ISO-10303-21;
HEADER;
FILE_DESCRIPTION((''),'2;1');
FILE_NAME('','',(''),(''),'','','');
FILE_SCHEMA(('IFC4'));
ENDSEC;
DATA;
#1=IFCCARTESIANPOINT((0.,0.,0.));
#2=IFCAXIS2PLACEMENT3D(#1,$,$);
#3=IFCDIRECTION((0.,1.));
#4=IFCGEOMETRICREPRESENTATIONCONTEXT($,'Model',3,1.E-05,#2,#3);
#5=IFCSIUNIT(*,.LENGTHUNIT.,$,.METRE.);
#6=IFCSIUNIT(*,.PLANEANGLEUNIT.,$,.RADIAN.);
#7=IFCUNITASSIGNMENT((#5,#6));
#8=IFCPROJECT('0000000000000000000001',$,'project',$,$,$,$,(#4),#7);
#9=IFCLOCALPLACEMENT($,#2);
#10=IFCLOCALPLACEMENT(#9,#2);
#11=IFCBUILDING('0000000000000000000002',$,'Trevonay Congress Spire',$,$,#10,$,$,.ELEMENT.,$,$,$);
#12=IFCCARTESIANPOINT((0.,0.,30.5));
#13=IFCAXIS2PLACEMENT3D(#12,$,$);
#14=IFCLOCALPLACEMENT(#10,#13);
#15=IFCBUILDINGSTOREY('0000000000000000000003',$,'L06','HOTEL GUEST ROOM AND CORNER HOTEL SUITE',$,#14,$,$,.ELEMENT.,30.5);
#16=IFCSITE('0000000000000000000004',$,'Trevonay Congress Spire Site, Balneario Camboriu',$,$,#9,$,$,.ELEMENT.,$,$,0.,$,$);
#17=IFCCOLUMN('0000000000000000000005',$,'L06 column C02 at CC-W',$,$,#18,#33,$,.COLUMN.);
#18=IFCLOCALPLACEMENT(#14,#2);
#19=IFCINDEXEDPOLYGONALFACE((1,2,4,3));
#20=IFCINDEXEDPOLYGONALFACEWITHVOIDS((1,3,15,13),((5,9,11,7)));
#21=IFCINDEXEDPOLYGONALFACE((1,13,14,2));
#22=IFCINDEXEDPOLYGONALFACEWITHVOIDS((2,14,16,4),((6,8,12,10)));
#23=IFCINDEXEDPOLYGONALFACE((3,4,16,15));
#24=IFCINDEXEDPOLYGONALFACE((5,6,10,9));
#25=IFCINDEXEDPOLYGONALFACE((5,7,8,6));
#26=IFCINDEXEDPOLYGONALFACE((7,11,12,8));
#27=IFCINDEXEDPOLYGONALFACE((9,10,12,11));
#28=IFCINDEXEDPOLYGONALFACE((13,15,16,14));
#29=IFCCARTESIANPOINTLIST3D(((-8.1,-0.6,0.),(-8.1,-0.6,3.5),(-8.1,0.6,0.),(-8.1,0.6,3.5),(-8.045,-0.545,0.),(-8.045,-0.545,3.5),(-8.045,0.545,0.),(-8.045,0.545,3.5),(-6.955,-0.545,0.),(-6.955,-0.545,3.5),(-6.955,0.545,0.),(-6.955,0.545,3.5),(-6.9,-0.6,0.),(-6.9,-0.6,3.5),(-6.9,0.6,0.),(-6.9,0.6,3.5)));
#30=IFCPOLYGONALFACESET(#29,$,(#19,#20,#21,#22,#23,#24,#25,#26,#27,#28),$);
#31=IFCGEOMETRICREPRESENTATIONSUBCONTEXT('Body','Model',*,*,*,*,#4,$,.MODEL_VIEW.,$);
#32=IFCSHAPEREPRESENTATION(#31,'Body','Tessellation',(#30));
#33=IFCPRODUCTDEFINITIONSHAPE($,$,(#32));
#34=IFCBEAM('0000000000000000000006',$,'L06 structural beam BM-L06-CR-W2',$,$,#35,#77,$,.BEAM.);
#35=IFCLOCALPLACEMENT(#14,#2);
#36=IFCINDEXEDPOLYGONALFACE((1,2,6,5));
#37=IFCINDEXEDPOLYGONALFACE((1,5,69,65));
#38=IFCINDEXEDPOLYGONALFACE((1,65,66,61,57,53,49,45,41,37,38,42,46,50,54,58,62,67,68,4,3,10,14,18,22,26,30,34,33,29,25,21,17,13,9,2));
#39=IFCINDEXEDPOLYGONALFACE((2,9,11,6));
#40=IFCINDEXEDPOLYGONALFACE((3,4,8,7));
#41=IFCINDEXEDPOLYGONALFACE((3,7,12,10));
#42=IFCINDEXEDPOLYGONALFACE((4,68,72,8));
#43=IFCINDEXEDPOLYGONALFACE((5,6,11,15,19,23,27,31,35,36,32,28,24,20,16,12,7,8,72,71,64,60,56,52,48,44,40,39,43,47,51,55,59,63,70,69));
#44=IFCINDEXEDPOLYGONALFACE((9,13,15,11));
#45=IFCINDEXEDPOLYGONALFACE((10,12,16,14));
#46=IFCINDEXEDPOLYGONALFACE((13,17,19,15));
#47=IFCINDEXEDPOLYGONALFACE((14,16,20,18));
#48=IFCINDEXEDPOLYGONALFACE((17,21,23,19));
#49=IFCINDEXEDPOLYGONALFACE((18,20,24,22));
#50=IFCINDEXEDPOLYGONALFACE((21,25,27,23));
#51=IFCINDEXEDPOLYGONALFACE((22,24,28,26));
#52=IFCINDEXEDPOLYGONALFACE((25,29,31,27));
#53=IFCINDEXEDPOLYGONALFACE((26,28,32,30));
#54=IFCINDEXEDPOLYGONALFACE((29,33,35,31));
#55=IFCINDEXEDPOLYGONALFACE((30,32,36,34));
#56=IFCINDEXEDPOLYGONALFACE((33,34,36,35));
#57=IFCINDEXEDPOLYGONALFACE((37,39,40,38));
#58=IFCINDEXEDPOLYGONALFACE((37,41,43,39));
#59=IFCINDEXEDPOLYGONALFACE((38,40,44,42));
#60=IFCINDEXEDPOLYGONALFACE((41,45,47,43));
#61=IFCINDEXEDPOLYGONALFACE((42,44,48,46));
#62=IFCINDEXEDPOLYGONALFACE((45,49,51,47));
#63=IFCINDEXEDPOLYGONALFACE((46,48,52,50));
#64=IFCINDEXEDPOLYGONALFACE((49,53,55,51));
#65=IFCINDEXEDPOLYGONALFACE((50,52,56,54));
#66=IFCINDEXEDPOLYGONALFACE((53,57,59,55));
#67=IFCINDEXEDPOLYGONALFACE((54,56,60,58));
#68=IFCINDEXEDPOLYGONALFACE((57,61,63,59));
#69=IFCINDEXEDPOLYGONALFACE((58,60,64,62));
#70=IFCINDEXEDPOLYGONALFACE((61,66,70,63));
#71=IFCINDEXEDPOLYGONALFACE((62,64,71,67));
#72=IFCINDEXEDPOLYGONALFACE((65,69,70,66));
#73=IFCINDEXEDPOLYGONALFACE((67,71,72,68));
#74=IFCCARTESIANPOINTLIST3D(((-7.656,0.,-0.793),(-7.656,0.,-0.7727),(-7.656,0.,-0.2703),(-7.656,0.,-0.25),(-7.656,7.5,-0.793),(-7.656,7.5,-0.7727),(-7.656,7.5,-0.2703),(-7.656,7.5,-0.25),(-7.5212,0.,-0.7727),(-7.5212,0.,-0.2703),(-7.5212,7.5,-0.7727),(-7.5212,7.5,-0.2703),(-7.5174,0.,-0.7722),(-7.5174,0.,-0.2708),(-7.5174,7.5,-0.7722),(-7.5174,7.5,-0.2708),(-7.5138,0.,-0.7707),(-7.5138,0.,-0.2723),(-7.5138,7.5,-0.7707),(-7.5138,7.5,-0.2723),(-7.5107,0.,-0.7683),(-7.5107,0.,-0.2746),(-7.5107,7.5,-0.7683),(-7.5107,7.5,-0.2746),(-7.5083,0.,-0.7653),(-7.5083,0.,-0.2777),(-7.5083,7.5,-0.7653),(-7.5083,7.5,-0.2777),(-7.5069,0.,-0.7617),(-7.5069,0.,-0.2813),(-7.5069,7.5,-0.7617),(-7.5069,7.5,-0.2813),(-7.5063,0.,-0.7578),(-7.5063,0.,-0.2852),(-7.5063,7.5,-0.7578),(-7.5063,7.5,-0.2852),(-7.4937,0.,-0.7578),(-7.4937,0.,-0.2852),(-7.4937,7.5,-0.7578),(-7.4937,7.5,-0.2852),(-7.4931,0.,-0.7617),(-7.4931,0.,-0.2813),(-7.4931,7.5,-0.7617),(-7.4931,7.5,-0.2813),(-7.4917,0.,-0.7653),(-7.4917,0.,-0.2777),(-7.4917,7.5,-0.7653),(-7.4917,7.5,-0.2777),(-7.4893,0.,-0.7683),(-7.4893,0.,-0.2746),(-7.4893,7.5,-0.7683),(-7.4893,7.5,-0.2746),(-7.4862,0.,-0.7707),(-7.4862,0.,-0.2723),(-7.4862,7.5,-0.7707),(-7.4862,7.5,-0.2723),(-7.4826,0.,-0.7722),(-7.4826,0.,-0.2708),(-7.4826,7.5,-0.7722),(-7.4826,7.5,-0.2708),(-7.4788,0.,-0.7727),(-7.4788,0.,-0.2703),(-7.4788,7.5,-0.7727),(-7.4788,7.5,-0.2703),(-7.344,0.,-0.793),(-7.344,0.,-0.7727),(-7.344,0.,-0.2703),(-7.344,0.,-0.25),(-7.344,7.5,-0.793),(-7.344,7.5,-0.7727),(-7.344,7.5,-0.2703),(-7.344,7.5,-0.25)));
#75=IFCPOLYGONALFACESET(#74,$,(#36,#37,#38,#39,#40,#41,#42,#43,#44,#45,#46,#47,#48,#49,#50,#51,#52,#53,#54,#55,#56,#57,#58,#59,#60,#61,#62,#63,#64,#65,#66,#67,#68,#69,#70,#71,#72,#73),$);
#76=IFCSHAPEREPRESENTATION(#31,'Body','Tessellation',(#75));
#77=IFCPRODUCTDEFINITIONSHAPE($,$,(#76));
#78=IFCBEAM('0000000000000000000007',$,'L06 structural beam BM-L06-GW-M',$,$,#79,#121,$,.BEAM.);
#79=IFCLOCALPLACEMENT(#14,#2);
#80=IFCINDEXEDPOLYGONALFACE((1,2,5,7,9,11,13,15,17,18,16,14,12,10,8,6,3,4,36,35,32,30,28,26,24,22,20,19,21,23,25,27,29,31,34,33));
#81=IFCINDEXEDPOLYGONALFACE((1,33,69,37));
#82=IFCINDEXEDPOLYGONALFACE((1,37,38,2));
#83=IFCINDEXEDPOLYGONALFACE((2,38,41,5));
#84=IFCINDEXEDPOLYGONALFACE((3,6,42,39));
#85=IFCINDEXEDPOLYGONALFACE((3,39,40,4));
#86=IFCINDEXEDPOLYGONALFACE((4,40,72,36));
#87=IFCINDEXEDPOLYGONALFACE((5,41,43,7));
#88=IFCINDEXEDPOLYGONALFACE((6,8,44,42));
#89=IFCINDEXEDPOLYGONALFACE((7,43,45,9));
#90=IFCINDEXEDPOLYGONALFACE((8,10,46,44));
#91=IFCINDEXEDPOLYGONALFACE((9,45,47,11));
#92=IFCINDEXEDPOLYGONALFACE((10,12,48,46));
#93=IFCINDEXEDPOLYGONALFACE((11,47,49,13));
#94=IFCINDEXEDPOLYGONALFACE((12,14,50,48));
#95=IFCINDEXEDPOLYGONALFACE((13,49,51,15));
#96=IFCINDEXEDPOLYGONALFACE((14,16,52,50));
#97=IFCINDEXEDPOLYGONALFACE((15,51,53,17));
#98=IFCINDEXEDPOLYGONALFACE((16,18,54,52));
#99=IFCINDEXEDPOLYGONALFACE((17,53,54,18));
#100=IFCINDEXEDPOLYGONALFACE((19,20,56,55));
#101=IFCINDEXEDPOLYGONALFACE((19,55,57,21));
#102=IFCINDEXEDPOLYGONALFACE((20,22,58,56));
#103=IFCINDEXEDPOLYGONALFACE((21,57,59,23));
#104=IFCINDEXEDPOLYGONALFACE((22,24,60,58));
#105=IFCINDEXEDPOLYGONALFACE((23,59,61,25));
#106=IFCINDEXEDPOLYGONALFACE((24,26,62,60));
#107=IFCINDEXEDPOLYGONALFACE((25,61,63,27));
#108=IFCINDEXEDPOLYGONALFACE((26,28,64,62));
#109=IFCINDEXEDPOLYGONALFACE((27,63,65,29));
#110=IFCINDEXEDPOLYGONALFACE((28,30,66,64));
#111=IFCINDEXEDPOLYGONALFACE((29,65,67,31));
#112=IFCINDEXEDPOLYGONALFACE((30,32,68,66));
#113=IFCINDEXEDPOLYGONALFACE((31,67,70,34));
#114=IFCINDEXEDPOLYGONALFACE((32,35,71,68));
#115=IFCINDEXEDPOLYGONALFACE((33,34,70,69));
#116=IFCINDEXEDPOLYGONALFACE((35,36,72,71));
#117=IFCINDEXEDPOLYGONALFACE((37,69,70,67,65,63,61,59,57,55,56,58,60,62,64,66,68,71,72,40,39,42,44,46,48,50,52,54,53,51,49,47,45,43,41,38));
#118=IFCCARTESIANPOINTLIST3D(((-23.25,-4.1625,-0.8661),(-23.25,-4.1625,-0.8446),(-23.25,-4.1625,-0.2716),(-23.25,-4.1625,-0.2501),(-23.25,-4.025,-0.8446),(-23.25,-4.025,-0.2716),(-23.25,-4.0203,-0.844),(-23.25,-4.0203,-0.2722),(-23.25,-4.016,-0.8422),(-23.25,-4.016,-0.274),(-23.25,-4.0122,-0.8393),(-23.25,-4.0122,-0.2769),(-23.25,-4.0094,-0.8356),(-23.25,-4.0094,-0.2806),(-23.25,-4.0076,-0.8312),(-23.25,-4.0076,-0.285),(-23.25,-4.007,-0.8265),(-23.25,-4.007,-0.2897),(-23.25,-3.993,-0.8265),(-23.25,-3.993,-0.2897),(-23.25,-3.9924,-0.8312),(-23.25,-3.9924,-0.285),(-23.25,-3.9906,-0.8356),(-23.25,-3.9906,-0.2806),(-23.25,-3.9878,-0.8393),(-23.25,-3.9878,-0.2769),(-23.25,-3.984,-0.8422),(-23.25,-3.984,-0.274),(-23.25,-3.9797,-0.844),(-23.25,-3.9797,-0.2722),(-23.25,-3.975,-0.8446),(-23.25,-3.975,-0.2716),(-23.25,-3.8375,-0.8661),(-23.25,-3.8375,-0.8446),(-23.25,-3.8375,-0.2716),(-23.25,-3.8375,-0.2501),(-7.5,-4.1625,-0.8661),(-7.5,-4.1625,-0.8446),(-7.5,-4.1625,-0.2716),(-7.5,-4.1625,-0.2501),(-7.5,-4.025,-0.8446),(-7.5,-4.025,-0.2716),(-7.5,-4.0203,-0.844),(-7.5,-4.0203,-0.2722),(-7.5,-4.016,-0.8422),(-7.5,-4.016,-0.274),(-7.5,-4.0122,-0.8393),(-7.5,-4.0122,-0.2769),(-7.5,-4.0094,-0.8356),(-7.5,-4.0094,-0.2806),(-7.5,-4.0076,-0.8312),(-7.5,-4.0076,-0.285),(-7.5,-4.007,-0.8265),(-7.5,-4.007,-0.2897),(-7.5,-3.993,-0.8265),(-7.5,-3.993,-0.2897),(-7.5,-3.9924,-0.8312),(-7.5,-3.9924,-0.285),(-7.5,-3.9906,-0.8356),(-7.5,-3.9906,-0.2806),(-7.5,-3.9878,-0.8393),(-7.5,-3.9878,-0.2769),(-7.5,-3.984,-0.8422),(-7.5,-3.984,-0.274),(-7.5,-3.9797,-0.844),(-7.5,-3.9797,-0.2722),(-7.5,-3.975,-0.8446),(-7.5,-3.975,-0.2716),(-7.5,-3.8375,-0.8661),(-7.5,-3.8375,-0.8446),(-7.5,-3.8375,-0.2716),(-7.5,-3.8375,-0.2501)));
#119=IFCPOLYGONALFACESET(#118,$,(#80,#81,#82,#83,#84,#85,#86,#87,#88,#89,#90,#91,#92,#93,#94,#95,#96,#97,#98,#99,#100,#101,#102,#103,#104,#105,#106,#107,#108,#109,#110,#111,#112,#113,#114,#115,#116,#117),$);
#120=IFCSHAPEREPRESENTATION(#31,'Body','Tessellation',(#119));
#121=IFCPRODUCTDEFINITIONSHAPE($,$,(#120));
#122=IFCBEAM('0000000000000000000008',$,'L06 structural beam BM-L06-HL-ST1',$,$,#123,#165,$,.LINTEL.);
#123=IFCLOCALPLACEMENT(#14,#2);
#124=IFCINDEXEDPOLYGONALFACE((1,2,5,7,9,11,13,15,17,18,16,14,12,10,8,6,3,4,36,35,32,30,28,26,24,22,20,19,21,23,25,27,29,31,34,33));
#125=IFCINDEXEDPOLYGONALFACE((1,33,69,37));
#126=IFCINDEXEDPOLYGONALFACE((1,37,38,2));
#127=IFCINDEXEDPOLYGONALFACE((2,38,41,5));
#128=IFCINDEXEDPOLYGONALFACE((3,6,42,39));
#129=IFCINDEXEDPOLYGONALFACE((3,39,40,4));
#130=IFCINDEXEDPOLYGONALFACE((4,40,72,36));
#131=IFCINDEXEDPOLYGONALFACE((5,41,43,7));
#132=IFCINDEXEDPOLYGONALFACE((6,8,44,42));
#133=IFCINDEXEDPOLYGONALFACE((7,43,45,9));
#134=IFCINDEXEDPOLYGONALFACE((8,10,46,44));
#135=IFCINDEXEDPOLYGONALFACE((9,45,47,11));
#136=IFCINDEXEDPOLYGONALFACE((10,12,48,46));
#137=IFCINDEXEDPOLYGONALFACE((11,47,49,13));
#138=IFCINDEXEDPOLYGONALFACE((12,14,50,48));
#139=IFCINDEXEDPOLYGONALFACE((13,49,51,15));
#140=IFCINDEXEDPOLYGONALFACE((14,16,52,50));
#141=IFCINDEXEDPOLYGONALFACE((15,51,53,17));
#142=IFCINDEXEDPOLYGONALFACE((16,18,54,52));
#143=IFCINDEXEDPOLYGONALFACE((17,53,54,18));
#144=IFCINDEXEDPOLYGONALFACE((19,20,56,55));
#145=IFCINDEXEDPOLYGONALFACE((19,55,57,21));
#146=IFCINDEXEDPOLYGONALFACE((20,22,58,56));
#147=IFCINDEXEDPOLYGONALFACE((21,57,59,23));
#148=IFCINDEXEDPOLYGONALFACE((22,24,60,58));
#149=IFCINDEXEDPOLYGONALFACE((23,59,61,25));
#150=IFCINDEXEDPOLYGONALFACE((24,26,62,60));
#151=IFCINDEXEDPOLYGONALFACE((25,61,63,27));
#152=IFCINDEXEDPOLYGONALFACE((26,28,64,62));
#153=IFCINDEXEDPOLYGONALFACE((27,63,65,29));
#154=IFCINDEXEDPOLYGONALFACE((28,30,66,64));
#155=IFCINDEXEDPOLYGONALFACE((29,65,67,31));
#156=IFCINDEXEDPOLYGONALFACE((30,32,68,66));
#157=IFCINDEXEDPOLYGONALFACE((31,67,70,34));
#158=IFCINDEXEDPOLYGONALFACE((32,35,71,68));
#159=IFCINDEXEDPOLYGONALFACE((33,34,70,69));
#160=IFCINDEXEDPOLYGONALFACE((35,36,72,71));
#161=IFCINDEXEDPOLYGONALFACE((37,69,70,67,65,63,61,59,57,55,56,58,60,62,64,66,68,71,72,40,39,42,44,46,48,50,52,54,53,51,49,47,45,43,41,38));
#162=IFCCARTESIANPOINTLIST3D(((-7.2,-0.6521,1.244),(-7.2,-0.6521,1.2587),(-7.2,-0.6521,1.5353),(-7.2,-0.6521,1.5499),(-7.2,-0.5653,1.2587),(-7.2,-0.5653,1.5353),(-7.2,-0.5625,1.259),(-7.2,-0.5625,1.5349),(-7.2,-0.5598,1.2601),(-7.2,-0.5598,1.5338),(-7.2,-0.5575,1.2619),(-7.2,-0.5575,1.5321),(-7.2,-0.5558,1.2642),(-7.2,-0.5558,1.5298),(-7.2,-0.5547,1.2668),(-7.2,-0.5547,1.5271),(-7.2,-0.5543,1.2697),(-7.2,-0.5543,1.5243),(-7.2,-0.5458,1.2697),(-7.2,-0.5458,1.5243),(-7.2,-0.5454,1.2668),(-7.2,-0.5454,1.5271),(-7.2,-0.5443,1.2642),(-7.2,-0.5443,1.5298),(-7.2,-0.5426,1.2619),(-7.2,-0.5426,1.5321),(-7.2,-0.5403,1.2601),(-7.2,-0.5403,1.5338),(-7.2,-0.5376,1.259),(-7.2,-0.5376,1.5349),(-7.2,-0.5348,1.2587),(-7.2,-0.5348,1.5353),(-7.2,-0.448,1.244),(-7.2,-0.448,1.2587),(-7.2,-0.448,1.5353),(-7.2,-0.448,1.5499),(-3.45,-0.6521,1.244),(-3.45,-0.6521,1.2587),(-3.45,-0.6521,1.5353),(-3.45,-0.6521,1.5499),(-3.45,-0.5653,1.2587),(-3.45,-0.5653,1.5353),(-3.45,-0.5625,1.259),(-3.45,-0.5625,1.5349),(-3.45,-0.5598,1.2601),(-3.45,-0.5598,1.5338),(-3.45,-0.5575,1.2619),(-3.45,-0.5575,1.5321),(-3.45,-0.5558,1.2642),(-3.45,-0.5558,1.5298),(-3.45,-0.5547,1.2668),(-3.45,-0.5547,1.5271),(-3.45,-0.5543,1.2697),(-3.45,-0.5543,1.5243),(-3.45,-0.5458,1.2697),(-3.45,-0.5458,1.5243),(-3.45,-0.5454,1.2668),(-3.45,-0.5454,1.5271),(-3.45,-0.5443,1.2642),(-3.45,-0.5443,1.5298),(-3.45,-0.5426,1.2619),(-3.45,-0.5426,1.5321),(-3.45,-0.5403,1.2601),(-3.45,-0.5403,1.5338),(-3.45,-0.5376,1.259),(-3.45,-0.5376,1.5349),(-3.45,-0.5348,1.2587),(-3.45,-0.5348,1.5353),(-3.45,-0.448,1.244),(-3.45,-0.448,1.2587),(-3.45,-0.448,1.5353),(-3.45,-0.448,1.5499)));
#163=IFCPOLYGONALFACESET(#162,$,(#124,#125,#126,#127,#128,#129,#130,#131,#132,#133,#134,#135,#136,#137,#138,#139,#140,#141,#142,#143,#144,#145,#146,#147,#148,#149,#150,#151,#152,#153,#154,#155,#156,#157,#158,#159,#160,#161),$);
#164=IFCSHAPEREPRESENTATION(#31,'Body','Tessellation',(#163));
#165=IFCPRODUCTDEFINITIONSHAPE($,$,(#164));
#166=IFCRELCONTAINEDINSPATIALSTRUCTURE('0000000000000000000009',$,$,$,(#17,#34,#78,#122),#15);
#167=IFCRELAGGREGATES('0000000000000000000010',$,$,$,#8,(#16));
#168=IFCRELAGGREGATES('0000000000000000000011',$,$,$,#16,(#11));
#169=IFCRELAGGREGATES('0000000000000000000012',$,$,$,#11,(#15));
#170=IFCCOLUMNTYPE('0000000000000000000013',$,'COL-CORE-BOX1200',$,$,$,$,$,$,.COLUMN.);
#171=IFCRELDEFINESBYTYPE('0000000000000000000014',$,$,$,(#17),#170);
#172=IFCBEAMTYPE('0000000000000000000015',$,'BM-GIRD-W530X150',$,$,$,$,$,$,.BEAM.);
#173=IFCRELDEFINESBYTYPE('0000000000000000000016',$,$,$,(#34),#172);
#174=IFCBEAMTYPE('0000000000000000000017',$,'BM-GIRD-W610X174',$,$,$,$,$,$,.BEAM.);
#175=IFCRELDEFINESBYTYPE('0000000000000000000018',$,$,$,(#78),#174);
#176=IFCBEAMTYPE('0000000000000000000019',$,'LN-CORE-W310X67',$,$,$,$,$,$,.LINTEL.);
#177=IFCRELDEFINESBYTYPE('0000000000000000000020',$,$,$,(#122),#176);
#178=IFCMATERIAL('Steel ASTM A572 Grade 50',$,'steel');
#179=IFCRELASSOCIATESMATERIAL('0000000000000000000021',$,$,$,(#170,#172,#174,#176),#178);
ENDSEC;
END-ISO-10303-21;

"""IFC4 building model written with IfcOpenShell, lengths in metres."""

from ifc_helpers import new_model, si_unit, direction, frame, origin, origin_2d, place, context, subcontext, project, spatial, hollow_rectangle, i_section, extrude, material, material_profile, profile_set, type_object, element, save


model = new_model("IFC4")

# Units and contexts
model_context = context("Model", 3, precision=1e-05, world=origin(), true_north=direction((0.0, 1.0)))
body_context = subcontext(model_context, "Body", "Model", "MODEL_VIEW")
ifc_project = project(units=[si_unit("LENGTHUNIT", "METRE"), si_unit("PLANEANGLEUNIT", "RADIAN")], contexts=[model_context])

# Site, building, storey
site_placement = place(None, origin())
site = spatial("IfcSite", under=ifc_project, at=site_placement, Name="Trevonay Congress Spire Site, Balneario Camboriu", CompositionType="ELEMENT", RefElevation=0.0)
building_placement = place(site_placement, origin())
building = spatial("IfcBuilding", under=site, at=building_placement, Name="Trevonay Congress Spire", CompositionType="ELEMENT")
storey_placement = place(building_placement, frame((0.0, 0.0, 30.5)))
storey = spatial("IfcBuildingStorey", under=building, at=storey_placement, Name="L06", Description="HOTEL GUEST ROOM AND CORNER HOTEL SUITE", CompositionType="ELEMENT", Elevation=30.5)

# Column
ifc_material_1 = material(Name="Steel ASTM A572 Grade 50", Category="steel")
ifc_material_profile_1 = material_profile(ifc_material_1, hollow_rectangle(XDim=1.2, YDim=1.2, WallThickness=0.0549, at=origin_2d()), Name="BOX 1200x1200x55")
ifc_profile_set_1 = profile_set([ifc_material_profile_1], Name="Steel ASTM A572 Grade 50")
column_type = type_object("IfcColumnType", Name="COL-CORE-BOX1200", PredefinedType="COLUMN", material=ifc_profile_set_1)
column_placement = place(storey_placement, frame((-7.5, 0.0, 0.0), z_axis=(0.0, 0.0, 1.0), x_axis=(1.0, 0.0, 0.0)))
element("IfcColumn", 1, at=column_placement, inside=storey, type_object=column_type, Name="L06 column C02 at CC-W", PredefinedType="COLUMN", context=body_context, shape_type="SweptSolid", body=[
    extrude(hollow_rectangle(XDim=1.2, YDim=1.2, WallThickness=0.0549, at=origin_2d()), origin(), (0.0, 0.0, 1.0), 3.5),
])

# Beams
ifc_material_profile_2 = material_profile(ifc_material_1, i_section(OverallWidth=0.312, OverallDepth=0.543, WebThickness=0.0127, FlangeThickness=0.0203, FilletRadius=0.0149, at=origin_2d()), Name="W530x150")
ifc_profile_set_2 = profile_set([ifc_material_profile_2], Name="Steel ASTM A572 Grade 50")
beam_type_1 = type_object("IfcBeamType", Name="BM-GIRD-W530X150", PredefinedType="BEAM", material=ifc_profile_set_2)
beam_1_placement = place(storey_placement, frame((-7.5, 0.0, -0.5215), z_axis=(0.0, 1.0, 0.0), x_axis=(-1.0, 0.0, 0.0)))
element("IfcBeam", 2, at=beam_1_placement, inside=storey, type_object=beam_type_1, Name="L06 structural beam BM-L06-CR-W2", PredefinedType="BEAM", context=body_context, shape_type="SweptSolid", body=[
    extrude(i_section(OverallWidth=0.312, OverallDepth=0.543, WebThickness=0.0127, FlangeThickness=0.0203, FilletRadius=0.0149, at=origin_2d()), origin(), (0.0, 0.0, 1.0), 7.5),
])
ifc_material_profile_3 = material_profile(ifc_material_1, i_section(OverallWidth=0.325, OverallDepth=0.616, WebThickness=0.0139, FlangeThickness=0.0215, FilletRadius=0.0181, at=origin_2d()), Name="W610x174")
ifc_profile_set_3 = profile_set([ifc_material_profile_3], Name="Steel ASTM A572 Grade 50")
beam_type_2 = type_object("IfcBeamType", Name="BM-GIRD-W610X174", PredefinedType="BEAM", material=ifc_profile_set_3)
beam_2_placement = place(storey_placement, frame((-7.5, -4.0, -0.5581), z_axis=(-1.0, 0.0, 0.0), x_axis=(0.0, -1.0, 0.0)))
element("IfcBeam", 3, at=beam_2_placement, inside=storey, type_object=beam_type_2, Name="L06 structural beam BM-L06-GW-M", PredefinedType="BEAM", context=body_context, shape_type="SweptSolid", body=[
    extrude(i_section(OverallWidth=0.325, OverallDepth=0.616, WebThickness=0.0139, FlangeThickness=0.0215, FilletRadius=0.0181, at=origin_2d()), origin(), (0.0, 0.0, 1.0), 15.75),
])
ifc_material_profile_4 = material_profile(ifc_material_1, i_section(OverallWidth=0.2041, OverallDepth=0.3059, WebThickness=0.0085, FlangeThickness=0.0146, FilletRadius=0.011, at=origin_2d()), Name="W310x67")
ifc_profile_set_4 = profile_set([ifc_material_profile_4], Name="Steel ASTM A572 Grade 50")
beam_type_3 = type_object("IfcBeamType", Name="LN-CORE-W310X67", PredefinedType="LINTEL", material=ifc_profile_set_4)
beam_3_placement = place(storey_placement, frame((-7.2, -0.55, 1.397), z_axis=(1.0, 0.0, 0.0), x_axis=(0.0, 1.0, 0.0)))
element("IfcBeam", 4, at=beam_3_placement, inside=storey, type_object=beam_type_3, Name="L06 structural beam BM-L06-HL-ST1", PredefinedType="LINTEL", context=body_context, shape_type="SweptSolid", body=[
    extrude(i_section(OverallWidth=0.2041, OverallDepth=0.3059, WebThickness=0.0085, FlangeThickness=0.0146, FilletRadius=0.011, at=origin_2d()), origin(), (0.0, 0.0, 1.0), 3.75),
])

save(model, "model.ifc")
